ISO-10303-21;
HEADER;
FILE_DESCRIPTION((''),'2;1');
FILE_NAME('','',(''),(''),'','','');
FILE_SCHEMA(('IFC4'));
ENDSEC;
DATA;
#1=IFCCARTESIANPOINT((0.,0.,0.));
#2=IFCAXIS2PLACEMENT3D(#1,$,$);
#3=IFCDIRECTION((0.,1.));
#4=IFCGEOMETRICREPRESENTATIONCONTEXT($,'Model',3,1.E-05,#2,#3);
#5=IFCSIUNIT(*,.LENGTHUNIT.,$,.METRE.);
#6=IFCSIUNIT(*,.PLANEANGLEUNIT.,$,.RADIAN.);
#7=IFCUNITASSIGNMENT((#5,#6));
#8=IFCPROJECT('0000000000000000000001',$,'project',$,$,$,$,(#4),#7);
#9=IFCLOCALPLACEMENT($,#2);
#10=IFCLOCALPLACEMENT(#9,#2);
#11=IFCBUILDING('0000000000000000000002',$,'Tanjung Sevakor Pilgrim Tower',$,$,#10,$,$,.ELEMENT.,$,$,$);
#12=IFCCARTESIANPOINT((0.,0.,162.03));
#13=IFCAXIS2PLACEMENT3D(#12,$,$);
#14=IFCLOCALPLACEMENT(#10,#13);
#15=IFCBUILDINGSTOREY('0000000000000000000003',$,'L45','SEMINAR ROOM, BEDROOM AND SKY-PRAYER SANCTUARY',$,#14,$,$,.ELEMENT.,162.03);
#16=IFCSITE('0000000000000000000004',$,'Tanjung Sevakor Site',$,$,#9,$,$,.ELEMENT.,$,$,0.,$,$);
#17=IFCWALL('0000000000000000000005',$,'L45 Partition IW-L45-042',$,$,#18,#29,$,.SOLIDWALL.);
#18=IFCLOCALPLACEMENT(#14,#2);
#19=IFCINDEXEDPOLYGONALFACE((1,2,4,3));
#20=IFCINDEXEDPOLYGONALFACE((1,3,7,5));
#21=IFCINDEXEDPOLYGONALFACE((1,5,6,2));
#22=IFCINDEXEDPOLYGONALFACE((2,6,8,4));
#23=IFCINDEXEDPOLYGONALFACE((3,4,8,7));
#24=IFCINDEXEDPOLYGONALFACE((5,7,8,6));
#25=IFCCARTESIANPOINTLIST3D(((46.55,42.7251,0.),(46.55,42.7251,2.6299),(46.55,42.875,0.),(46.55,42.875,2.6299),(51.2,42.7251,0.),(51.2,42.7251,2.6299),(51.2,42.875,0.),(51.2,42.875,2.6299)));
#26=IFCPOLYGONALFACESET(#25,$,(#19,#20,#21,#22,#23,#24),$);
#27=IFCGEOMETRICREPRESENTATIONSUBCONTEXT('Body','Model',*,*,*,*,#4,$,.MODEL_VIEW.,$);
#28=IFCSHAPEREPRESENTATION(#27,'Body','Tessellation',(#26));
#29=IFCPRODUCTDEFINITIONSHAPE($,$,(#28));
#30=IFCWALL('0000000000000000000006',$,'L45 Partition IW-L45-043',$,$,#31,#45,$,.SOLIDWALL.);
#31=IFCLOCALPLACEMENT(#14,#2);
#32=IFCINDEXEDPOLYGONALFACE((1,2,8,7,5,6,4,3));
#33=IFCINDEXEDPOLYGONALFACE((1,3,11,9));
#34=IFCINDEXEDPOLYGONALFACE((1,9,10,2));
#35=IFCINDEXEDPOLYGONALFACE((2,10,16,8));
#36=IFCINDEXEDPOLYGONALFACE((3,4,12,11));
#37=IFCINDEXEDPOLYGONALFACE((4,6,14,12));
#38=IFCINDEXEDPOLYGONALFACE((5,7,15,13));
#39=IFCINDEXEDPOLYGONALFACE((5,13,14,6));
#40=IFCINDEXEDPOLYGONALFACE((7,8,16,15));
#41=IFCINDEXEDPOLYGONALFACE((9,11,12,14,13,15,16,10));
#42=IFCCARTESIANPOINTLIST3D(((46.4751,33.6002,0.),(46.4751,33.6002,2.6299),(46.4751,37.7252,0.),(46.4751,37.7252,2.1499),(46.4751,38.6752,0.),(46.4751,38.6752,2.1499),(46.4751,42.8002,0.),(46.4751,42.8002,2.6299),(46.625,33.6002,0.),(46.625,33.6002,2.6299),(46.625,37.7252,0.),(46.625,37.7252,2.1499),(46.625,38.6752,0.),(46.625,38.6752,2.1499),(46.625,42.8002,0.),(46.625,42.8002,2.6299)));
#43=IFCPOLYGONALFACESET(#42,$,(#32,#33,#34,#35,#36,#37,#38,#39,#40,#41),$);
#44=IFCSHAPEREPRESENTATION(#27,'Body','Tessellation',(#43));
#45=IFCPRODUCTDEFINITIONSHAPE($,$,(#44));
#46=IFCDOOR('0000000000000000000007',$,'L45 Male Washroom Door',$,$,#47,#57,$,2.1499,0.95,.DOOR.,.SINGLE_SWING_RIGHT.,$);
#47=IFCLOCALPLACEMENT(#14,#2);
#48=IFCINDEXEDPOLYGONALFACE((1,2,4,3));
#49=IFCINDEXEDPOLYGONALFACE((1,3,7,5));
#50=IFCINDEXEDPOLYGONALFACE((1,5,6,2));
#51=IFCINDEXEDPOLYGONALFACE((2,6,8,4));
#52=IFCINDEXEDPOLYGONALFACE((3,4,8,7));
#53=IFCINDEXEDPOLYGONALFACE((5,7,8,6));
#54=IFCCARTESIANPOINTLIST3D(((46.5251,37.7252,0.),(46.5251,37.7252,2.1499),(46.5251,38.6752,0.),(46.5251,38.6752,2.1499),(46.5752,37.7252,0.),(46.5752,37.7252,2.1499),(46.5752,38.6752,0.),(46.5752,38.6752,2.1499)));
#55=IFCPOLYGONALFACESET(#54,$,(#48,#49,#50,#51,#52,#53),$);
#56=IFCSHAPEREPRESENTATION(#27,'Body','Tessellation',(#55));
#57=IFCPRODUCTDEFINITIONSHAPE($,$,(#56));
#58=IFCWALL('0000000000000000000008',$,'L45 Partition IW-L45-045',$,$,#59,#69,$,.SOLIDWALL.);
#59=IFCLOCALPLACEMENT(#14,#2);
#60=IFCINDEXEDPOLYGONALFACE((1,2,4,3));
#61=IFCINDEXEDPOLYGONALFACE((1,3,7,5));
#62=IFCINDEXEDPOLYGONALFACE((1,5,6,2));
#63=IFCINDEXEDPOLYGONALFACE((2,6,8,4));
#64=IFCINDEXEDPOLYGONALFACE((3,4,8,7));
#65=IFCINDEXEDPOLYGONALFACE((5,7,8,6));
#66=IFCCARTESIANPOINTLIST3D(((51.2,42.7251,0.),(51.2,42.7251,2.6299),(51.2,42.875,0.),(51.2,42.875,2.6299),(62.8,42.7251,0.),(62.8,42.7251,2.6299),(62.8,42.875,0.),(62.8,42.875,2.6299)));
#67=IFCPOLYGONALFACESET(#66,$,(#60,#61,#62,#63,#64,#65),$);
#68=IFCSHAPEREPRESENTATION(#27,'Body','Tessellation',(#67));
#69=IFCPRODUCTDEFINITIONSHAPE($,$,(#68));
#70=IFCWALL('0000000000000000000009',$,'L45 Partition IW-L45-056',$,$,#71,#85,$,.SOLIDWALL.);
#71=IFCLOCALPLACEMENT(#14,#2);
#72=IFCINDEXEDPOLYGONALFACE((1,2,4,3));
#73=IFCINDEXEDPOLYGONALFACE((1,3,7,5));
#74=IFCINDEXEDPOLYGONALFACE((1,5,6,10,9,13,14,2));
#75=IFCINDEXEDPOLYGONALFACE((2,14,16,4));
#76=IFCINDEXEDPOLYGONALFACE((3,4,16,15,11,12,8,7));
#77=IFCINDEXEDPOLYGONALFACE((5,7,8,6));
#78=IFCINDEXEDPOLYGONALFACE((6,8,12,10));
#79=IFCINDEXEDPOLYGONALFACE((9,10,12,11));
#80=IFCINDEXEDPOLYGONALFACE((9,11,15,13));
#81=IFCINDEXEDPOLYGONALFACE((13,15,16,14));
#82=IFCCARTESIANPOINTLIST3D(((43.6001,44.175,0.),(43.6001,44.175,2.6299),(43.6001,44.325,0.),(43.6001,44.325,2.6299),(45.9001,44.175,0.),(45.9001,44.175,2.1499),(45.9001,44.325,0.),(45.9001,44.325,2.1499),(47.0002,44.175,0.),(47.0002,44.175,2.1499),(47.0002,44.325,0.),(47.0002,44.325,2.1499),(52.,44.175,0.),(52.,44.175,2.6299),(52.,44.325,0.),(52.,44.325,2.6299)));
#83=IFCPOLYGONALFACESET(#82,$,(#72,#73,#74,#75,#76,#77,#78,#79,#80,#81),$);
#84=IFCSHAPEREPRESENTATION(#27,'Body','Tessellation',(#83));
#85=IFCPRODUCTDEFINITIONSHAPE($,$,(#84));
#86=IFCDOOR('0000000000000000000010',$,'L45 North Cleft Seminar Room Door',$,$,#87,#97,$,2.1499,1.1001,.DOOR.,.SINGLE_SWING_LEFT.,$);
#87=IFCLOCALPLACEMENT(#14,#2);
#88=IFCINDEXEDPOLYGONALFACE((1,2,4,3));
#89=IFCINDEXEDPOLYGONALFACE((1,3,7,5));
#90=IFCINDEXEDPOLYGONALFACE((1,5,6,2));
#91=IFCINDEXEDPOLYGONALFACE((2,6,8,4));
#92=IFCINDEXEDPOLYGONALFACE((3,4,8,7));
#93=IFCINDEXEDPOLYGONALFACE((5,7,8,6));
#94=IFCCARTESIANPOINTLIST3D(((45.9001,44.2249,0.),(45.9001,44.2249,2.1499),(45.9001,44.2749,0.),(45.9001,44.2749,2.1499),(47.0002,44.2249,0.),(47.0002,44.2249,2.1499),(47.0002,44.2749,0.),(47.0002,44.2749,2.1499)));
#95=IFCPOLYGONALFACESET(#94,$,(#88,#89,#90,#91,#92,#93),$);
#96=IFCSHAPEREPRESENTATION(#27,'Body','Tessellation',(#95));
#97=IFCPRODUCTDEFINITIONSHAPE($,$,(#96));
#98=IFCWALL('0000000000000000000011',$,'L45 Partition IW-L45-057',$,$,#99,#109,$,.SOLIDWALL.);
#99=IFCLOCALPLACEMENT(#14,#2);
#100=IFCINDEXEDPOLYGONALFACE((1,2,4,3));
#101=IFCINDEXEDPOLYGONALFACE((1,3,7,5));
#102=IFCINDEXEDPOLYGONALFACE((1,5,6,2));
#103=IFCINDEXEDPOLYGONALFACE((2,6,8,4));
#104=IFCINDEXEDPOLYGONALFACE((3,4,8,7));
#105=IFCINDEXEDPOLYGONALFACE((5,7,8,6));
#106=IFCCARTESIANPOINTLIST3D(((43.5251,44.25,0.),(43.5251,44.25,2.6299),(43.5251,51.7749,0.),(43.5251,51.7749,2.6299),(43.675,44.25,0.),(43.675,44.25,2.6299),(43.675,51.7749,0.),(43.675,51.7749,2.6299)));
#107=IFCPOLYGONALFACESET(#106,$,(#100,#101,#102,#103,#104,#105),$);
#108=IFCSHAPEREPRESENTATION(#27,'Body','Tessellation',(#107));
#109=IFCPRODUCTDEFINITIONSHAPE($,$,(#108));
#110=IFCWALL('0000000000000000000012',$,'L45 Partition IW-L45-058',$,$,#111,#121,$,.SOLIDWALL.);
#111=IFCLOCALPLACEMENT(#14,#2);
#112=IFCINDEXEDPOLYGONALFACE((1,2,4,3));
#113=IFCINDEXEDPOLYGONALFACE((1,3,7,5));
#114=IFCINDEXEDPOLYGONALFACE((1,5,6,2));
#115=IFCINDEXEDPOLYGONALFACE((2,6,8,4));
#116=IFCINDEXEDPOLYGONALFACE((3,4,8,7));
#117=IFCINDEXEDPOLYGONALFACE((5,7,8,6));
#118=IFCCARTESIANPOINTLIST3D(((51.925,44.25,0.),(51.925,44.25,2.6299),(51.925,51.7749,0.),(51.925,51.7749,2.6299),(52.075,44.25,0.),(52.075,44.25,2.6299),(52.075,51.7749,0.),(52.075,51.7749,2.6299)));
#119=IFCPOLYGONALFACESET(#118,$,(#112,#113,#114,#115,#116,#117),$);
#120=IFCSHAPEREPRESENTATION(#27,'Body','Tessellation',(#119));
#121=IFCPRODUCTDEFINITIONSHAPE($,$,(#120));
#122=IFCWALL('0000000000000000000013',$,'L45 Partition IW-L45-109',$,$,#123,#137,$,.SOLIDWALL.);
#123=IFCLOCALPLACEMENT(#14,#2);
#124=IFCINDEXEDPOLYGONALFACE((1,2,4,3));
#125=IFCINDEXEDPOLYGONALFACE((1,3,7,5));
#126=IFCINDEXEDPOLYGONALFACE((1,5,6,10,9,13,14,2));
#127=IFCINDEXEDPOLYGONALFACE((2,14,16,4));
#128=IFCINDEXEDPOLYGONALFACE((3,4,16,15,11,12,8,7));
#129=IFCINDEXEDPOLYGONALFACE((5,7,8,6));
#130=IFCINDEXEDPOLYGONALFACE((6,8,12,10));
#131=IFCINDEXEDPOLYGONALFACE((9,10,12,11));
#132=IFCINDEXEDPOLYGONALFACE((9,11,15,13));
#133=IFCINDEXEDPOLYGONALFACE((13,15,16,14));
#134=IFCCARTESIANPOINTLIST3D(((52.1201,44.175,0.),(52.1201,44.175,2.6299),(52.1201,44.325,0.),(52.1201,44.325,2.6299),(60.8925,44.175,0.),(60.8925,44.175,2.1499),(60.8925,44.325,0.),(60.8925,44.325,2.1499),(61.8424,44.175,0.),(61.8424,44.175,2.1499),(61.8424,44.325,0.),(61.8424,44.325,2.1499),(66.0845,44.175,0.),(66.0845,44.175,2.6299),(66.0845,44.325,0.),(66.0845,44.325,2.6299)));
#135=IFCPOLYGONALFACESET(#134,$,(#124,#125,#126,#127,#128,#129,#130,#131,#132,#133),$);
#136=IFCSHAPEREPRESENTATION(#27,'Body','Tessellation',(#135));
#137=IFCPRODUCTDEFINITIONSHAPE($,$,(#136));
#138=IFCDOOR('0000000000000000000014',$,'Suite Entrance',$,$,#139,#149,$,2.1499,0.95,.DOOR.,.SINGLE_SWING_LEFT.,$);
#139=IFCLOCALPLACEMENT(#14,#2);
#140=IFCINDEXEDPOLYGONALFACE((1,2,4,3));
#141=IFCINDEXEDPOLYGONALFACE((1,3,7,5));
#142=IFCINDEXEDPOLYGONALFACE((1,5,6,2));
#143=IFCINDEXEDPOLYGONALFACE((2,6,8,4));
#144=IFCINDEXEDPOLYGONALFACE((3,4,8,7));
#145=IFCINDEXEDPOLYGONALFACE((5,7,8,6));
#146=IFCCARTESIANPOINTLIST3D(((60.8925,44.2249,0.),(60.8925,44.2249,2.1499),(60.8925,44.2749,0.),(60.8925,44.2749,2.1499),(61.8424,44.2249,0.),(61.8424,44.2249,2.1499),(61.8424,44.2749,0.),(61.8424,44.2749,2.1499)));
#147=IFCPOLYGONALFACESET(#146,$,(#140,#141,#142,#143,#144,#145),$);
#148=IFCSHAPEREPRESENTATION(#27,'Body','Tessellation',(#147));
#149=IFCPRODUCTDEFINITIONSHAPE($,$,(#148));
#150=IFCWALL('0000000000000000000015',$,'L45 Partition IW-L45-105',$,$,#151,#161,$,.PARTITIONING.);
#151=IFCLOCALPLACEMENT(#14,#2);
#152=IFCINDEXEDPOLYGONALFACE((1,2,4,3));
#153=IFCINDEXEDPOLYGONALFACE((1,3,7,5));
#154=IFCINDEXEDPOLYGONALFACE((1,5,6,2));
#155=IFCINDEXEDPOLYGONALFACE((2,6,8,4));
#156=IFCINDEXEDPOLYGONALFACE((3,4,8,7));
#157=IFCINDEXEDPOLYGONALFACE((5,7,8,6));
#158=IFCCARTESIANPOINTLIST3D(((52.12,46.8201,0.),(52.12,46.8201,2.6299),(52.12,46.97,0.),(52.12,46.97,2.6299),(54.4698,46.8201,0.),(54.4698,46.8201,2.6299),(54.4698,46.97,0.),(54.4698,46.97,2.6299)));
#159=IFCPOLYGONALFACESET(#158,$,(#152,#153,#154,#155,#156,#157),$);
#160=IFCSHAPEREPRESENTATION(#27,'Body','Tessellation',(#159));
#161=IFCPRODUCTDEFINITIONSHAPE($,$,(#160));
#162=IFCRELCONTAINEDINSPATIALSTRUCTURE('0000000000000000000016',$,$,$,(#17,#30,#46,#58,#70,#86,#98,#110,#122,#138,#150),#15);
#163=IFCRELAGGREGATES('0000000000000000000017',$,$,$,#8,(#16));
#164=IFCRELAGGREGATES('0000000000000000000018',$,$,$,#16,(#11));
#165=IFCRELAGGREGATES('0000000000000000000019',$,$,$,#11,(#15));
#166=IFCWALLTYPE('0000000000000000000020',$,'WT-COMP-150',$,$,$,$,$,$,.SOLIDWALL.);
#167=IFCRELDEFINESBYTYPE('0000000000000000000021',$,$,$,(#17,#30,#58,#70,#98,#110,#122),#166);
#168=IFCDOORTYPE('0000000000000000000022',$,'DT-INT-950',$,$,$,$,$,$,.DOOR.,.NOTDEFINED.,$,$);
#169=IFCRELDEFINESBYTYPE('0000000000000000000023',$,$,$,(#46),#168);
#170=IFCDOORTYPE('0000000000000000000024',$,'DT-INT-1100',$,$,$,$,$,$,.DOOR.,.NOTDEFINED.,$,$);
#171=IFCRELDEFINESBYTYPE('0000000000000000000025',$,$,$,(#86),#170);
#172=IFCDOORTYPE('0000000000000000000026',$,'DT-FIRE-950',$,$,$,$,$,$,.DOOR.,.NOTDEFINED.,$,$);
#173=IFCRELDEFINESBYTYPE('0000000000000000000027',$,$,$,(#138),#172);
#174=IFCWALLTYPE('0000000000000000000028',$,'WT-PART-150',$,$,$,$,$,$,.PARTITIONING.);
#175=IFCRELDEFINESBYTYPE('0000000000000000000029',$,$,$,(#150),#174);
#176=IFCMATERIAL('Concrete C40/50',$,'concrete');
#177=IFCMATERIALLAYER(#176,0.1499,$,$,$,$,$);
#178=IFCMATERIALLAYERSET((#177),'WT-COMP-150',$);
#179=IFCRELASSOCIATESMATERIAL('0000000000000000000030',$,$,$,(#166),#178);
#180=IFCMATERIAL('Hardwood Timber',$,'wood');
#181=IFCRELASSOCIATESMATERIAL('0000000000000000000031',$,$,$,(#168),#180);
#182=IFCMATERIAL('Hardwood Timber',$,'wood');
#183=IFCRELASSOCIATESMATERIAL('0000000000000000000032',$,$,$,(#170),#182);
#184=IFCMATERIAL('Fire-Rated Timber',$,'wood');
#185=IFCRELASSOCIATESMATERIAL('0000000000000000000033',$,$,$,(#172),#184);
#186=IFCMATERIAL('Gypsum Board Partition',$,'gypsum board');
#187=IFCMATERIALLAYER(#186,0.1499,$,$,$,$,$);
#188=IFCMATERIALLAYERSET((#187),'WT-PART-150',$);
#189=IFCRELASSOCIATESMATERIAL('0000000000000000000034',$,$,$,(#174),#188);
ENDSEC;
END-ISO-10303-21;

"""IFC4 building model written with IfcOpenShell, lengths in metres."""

from ifc_helpers import new_model, si_unit, direction, frame, frame_2d, origin, place, context, subcontext, project, spatial, rectangle, extrude, material, layer, layer_set, type_object, element, fill, save


model = new_model("IFC4")

# Units and contexts
model_context = context("Model", 3, precision=1e-05, world=origin(), true_north=direction((0.0, 1.0)))
body_context = subcontext(model_context, "Body", "Model", "MODEL_VIEW")
ifc_project = project(units=[si_unit("LENGTHUNIT", "METRE"), si_unit("PLANEANGLEUNIT", "RADIAN")], contexts=[model_context])

# Site, building, storey
site_placement = place(None, origin())
site = spatial("IfcSite", under=ifc_project, at=site_placement, Name="Tanjung Sevakor Site", CompositionType="ELEMENT", RefElevation=0.0)
building_placement = place(site_placement, origin())
building = spatial("IfcBuilding", under=site, at=building_placement, Name="Tanjung Sevakor Pilgrim Tower", CompositionType="ELEMENT")
storey_placement = place(building_placement, frame((0.0, 0.0, 162.03)))
storey = spatial("IfcBuildingStorey", under=building, at=storey_placement, Name="L45", Description="SEMINAR ROOM, BEDROOM AND SKY-PRAYER SANCTUARY", CompositionType="ELEMENT", Elevation=162.03)

# Wall
ifc_material_1 = material(Name="Concrete C40/50", Category="concrete")
ifc_layer_1 = layer(ifc_material_1, 0.1499)
ifc_layer_set_1 = layer_set([ifc_layer_1], Name="WT-COMP-150")
wall_type_1 = type_object("IfcWallType", Name="WT-COMP-150", PredefinedType="SOLIDWALL", material=ifc_layer_set_1)
for number, where, z_axis, x_axis, name in (
    (1, (46.55, 42.8, 0.0), (0.0, 0.0, 1.0), (1.0, 0.0, 0.0), "L45 Partition IW-L45-042"),
):
    element("IfcWall", number, at=place(storey_placement, frame(where, z_axis=z_axis, x_axis=x_axis)), inside=storey, type_object=wall_type_1, Name=name, PredefinedType="SOLIDWALL", context=body_context, shape_type="SweptSolid", body=[
        extrude(rectangle(XDim=4.6499, YDim=0.1499, at=frame_2d((2.325, 0.0))), origin(), (0.0, 0.0, 1.0), 2.6299),
    ])

# Wall, opening, door
wall_1_placement = place(storey_placement, frame((46.55, 33.6001, 0.0), z_axis=(0.0, 0.0, 1.0), x_axis=(0.0, 1.0, 0.0)))
wall_1 = element("IfcWall", 2, at=wall_1_placement, inside=storey, type_object=wall_type_1, Name="L45 Partition IW-L45-043", PredefinedType="SOLIDWALL", context=body_context, shape_type="SweptSolid", body=[
    extrude(rectangle(XDim=9.2, YDim=0.1499, at=frame_2d((4.6001, 0.0))), origin(), (0.0, 0.0, 1.0), 2.6299),
])
opening_1_placement = place(wall_1_placement, frame((4.125, 0.0, 0.0)))
opening_1 = element("IfcOpeningElement", 3, at=opening_1_placement, cuts=wall_1, PredefinedType="OPENING", context=body_context, shape_type="SweptSolid", body=[
    extrude(rectangle(XDim=0.95, YDim=2.1499, at=frame_2d((0.4751, 1.075))), frame((0.0, 0.085, 0.0), z_axis=(0.0, -1.0, 0.0), x_axis=(1.0, 0.0, 0.0)), (0.0, 0.0, 1.0), 0.1699),
])
ifc_material_2 = material(Name="Hardwood Timber", Category="wood")
door_type_1 = type_object("IfcDoorType", Name="DT-INT-950", OperationType="NOTDEFINED", PredefinedType="DOOR", material=ifc_material_2)
door_1_placement = place(opening_1_placement, origin())
door_1 = element("IfcDoor", 4, at=door_1_placement, inside=storey, type_object=door_type_1, Name="L45 Male Washroom Door", OperationType="SINGLE_SWING_RIGHT", OverallHeight=2.1499, OverallWidth=0.95, PredefinedType="DOOR", context=body_context, shape_type="SweptSolid", body=[
    extrude(rectangle(XDim=0.95, YDim=2.1499, at=frame_2d((0.4751, 1.075))), frame((0.0, 0.0249, 0.0), z_axis=(0.0, -1.0, 0.0), x_axis=(1.0, 0.0, 0.0)), (0.0, 0.0, 1.0), 0.05),
])
fill(opening_1, door_1)

# Wall
wall_2_placement = place(storey_placement, frame((51.2, 42.8, 0.0), z_axis=(0.0, 0.0, 1.0), x_axis=(1.0, 0.0, 0.0)))
element("IfcWall", 5, at=wall_2_placement, inside=storey, type_object=wall_type_1, Name="L45 Partition IW-L45-045", PredefinedType="SOLIDWALL", context=body_context, shape_type="SweptSolid", body=[
    extrude(rectangle(XDim=11.6001, YDim=0.1499, at=frame_2d((5.8, 0.0))), origin(), (0.0, 0.0, 1.0), 2.6299),
])

# Wall, opening, door
wall_3_placement = place(storey_placement, frame((43.6001, 44.25, 0.0), z_axis=(0.0, 0.0, 1.0), x_axis=(1.0, 0.0, 0.0)))
wall_3 = element("IfcWall", 6, at=wall_3_placement, inside=storey, type_object=wall_type_1, Name="L45 Partition IW-L45-056", PredefinedType="SOLIDWALL", context=body_context, shape_type="SweptSolid", body=[
    extrude(rectangle(XDim=8.3999, YDim=0.1499, at=frame_2d((4.2, 0.0))), origin(), (0.0, 0.0, 1.0), 2.6299),
])
opening_2_placement = place(wall_3_placement, frame((2.3, 0.0, 0.0)))
opening_2 = element("IfcOpeningElement", 7, at=opening_2_placement, cuts=wall_3, PredefinedType="OPENING", context=body_context, shape_type="SweptSolid", body=[
    extrude(rectangle(XDim=1.1001, YDim=2.1499, at=frame_2d((0.55, 1.075))), frame((0.0, 0.085, 0.0), z_axis=(0.0, -1.0, 0.0), x_axis=(1.0, 0.0, 0.0)), (0.0, 0.0, 1.0), 0.1699),
])
ifc_material_3 = material(Name="Hardwood Timber", Category="wood")
door_type_2 = type_object("IfcDoorType", Name="DT-INT-1100", OperationType="NOTDEFINED", PredefinedType="DOOR", material=ifc_material_3)
door_2_placement = place(opening_2_placement, origin())
door_2 = element("IfcDoor", 8, at=door_2_placement, inside=storey, type_object=door_type_2, Name="L45 North Cleft Seminar Room Door", OperationType="SINGLE_SWING_LEFT", OverallHeight=2.1499, OverallWidth=1.1001, PredefinedType="DOOR", context=body_context, shape_type="SweptSolid", body=[
    extrude(rectangle(XDim=1.1001, YDim=2.1499, at=frame_2d((0.55, 1.075))), frame((0.0, 0.0249, 0.0), z_axis=(0.0, -1.0, 0.0), x_axis=(1.0, 0.0, 0.0)), (0.0, 0.0, 1.0), 0.05),
])
fill(opening_2, door_2)

# Walls
for number, where, z_axis, x_axis, name in (
    (9, (43.6001, 44.25, 0.0), (0.0, 0.0, 1.0), (0.0, 1.0, 0.0), "L45 Partition IW-L45-057"),
    (10, (52.0, 44.25, 0.0), (0.0, 0.0, 1.0), (0.0, 1.0, 0.0), "L45 Partition IW-L45-058"),
):
    element("IfcWall", number, at=place(storey_placement, frame(where, z_axis=z_axis, x_axis=x_axis)), inside=storey, type_object=wall_type_1, Name=name, PredefinedType="SOLIDWALL", context=body_context, shape_type="SweptSolid", body=[
        extrude(rectangle(XDim=7.5249, YDim=0.1499, at=frame_2d((3.7625, 0.0))), origin(), (0.0, 0.0, 1.0), 2.6299),
    ])

# Wall, opening, door
wall_4_placement = place(storey_placement, frame((52.1201, 44.25, 0.0), z_axis=(0.0, 0.0, 1.0), x_axis=(1.0, 0.0, 0.0)))
wall_4 = element("IfcWall", 11, at=wall_4_placement, inside=storey, type_object=wall_type_1, Name="L45 Partition IW-L45-109", PredefinedType="SOLIDWALL", context=body_context, shape_type="SweptSolid", body=[
    extrude(rectangle(XDim=13.9644, YDim=0.1499, at=frame_2d((6.9822, 0.0))), origin(), (0.0, 0.0, 1.0), 2.6299),
])
opening_3_placement = place(wall_4_placement, frame((8.7722, 0.0, 0.0)))
opening_3 = element("IfcOpeningElement", 12, at=opening_3_placement, cuts=wall_4, PredefinedType="OPENING", context=body_context, shape_type="SweptSolid", body=[
    extrude(rectangle(XDim=0.95, YDim=2.1499, at=frame_2d((0.4751, 1.075))), frame((0.0, 0.085, 0.0), z_axis=(0.0, -1.0, 0.0), x_axis=(1.0, 0.0, 0.0)), (0.0, 0.0, 1.0), 0.1699),
])
ifc_material_4 = material(Name="Fire-Rated Timber", Category="wood")
door_type_3 = type_object("IfcDoorType", Name="DT-FIRE-950", OperationType="NOTDEFINED", PredefinedType="DOOR", material=ifc_material_4)
door_3_placement = place(opening_3_placement, origin())
door_3 = element("IfcDoor", 13, at=door_3_placement, inside=storey, type_object=door_type_3, Name="Suite Entrance", OperationType="SINGLE_SWING_LEFT", OverallHeight=2.1499, OverallWidth=0.95, PredefinedType="DOOR", context=body_context, shape_type="SweptSolid", body=[
    extrude(rectangle(XDim=0.95, YDim=2.1499, at=frame_2d((0.4751, 1.075))), frame((0.0, 0.0249, 0.0), z_axis=(0.0, -1.0, 0.0), x_axis=(1.0, 0.0, 0.0)), (0.0, 0.0, 1.0), 0.05),
])
fill(opening_3, door_3)

# Wall
ifc_material_5 = material(Name="Gypsum Board Partition", Category="gypsum board")
ifc_layer_2 = layer(ifc_material_5, 0.1499)
ifc_layer_set_2 = layer_set([ifc_layer_2], Name="WT-PART-150")
wall_type_2 = type_object("IfcWallType", Name="WT-PART-150", PredefinedType="PARTITIONING", material=ifc_layer_set_2)
wall_5_placement = place(storey_placement, frame((52.1201, 46.895, 0.0), z_axis=(0.0, 0.0, 1.0), x_axis=(1.0, 0.0, 0.0)))
element("IfcWall", 14, at=wall_5_placement, inside=storey, type_object=wall_type_2, Name="L45 Partition IW-L45-105", PredefinedType="PARTITIONING", context=body_context, shape_type="SweptSolid", body=[
    extrude(rectangle(XDim=2.3499, YDim=0.1499, at=frame_2d((1.1748, 0.0))), origin(), (0.0, 0.0, 1.0), 2.6299),
])

save(model, "model.ifc")
